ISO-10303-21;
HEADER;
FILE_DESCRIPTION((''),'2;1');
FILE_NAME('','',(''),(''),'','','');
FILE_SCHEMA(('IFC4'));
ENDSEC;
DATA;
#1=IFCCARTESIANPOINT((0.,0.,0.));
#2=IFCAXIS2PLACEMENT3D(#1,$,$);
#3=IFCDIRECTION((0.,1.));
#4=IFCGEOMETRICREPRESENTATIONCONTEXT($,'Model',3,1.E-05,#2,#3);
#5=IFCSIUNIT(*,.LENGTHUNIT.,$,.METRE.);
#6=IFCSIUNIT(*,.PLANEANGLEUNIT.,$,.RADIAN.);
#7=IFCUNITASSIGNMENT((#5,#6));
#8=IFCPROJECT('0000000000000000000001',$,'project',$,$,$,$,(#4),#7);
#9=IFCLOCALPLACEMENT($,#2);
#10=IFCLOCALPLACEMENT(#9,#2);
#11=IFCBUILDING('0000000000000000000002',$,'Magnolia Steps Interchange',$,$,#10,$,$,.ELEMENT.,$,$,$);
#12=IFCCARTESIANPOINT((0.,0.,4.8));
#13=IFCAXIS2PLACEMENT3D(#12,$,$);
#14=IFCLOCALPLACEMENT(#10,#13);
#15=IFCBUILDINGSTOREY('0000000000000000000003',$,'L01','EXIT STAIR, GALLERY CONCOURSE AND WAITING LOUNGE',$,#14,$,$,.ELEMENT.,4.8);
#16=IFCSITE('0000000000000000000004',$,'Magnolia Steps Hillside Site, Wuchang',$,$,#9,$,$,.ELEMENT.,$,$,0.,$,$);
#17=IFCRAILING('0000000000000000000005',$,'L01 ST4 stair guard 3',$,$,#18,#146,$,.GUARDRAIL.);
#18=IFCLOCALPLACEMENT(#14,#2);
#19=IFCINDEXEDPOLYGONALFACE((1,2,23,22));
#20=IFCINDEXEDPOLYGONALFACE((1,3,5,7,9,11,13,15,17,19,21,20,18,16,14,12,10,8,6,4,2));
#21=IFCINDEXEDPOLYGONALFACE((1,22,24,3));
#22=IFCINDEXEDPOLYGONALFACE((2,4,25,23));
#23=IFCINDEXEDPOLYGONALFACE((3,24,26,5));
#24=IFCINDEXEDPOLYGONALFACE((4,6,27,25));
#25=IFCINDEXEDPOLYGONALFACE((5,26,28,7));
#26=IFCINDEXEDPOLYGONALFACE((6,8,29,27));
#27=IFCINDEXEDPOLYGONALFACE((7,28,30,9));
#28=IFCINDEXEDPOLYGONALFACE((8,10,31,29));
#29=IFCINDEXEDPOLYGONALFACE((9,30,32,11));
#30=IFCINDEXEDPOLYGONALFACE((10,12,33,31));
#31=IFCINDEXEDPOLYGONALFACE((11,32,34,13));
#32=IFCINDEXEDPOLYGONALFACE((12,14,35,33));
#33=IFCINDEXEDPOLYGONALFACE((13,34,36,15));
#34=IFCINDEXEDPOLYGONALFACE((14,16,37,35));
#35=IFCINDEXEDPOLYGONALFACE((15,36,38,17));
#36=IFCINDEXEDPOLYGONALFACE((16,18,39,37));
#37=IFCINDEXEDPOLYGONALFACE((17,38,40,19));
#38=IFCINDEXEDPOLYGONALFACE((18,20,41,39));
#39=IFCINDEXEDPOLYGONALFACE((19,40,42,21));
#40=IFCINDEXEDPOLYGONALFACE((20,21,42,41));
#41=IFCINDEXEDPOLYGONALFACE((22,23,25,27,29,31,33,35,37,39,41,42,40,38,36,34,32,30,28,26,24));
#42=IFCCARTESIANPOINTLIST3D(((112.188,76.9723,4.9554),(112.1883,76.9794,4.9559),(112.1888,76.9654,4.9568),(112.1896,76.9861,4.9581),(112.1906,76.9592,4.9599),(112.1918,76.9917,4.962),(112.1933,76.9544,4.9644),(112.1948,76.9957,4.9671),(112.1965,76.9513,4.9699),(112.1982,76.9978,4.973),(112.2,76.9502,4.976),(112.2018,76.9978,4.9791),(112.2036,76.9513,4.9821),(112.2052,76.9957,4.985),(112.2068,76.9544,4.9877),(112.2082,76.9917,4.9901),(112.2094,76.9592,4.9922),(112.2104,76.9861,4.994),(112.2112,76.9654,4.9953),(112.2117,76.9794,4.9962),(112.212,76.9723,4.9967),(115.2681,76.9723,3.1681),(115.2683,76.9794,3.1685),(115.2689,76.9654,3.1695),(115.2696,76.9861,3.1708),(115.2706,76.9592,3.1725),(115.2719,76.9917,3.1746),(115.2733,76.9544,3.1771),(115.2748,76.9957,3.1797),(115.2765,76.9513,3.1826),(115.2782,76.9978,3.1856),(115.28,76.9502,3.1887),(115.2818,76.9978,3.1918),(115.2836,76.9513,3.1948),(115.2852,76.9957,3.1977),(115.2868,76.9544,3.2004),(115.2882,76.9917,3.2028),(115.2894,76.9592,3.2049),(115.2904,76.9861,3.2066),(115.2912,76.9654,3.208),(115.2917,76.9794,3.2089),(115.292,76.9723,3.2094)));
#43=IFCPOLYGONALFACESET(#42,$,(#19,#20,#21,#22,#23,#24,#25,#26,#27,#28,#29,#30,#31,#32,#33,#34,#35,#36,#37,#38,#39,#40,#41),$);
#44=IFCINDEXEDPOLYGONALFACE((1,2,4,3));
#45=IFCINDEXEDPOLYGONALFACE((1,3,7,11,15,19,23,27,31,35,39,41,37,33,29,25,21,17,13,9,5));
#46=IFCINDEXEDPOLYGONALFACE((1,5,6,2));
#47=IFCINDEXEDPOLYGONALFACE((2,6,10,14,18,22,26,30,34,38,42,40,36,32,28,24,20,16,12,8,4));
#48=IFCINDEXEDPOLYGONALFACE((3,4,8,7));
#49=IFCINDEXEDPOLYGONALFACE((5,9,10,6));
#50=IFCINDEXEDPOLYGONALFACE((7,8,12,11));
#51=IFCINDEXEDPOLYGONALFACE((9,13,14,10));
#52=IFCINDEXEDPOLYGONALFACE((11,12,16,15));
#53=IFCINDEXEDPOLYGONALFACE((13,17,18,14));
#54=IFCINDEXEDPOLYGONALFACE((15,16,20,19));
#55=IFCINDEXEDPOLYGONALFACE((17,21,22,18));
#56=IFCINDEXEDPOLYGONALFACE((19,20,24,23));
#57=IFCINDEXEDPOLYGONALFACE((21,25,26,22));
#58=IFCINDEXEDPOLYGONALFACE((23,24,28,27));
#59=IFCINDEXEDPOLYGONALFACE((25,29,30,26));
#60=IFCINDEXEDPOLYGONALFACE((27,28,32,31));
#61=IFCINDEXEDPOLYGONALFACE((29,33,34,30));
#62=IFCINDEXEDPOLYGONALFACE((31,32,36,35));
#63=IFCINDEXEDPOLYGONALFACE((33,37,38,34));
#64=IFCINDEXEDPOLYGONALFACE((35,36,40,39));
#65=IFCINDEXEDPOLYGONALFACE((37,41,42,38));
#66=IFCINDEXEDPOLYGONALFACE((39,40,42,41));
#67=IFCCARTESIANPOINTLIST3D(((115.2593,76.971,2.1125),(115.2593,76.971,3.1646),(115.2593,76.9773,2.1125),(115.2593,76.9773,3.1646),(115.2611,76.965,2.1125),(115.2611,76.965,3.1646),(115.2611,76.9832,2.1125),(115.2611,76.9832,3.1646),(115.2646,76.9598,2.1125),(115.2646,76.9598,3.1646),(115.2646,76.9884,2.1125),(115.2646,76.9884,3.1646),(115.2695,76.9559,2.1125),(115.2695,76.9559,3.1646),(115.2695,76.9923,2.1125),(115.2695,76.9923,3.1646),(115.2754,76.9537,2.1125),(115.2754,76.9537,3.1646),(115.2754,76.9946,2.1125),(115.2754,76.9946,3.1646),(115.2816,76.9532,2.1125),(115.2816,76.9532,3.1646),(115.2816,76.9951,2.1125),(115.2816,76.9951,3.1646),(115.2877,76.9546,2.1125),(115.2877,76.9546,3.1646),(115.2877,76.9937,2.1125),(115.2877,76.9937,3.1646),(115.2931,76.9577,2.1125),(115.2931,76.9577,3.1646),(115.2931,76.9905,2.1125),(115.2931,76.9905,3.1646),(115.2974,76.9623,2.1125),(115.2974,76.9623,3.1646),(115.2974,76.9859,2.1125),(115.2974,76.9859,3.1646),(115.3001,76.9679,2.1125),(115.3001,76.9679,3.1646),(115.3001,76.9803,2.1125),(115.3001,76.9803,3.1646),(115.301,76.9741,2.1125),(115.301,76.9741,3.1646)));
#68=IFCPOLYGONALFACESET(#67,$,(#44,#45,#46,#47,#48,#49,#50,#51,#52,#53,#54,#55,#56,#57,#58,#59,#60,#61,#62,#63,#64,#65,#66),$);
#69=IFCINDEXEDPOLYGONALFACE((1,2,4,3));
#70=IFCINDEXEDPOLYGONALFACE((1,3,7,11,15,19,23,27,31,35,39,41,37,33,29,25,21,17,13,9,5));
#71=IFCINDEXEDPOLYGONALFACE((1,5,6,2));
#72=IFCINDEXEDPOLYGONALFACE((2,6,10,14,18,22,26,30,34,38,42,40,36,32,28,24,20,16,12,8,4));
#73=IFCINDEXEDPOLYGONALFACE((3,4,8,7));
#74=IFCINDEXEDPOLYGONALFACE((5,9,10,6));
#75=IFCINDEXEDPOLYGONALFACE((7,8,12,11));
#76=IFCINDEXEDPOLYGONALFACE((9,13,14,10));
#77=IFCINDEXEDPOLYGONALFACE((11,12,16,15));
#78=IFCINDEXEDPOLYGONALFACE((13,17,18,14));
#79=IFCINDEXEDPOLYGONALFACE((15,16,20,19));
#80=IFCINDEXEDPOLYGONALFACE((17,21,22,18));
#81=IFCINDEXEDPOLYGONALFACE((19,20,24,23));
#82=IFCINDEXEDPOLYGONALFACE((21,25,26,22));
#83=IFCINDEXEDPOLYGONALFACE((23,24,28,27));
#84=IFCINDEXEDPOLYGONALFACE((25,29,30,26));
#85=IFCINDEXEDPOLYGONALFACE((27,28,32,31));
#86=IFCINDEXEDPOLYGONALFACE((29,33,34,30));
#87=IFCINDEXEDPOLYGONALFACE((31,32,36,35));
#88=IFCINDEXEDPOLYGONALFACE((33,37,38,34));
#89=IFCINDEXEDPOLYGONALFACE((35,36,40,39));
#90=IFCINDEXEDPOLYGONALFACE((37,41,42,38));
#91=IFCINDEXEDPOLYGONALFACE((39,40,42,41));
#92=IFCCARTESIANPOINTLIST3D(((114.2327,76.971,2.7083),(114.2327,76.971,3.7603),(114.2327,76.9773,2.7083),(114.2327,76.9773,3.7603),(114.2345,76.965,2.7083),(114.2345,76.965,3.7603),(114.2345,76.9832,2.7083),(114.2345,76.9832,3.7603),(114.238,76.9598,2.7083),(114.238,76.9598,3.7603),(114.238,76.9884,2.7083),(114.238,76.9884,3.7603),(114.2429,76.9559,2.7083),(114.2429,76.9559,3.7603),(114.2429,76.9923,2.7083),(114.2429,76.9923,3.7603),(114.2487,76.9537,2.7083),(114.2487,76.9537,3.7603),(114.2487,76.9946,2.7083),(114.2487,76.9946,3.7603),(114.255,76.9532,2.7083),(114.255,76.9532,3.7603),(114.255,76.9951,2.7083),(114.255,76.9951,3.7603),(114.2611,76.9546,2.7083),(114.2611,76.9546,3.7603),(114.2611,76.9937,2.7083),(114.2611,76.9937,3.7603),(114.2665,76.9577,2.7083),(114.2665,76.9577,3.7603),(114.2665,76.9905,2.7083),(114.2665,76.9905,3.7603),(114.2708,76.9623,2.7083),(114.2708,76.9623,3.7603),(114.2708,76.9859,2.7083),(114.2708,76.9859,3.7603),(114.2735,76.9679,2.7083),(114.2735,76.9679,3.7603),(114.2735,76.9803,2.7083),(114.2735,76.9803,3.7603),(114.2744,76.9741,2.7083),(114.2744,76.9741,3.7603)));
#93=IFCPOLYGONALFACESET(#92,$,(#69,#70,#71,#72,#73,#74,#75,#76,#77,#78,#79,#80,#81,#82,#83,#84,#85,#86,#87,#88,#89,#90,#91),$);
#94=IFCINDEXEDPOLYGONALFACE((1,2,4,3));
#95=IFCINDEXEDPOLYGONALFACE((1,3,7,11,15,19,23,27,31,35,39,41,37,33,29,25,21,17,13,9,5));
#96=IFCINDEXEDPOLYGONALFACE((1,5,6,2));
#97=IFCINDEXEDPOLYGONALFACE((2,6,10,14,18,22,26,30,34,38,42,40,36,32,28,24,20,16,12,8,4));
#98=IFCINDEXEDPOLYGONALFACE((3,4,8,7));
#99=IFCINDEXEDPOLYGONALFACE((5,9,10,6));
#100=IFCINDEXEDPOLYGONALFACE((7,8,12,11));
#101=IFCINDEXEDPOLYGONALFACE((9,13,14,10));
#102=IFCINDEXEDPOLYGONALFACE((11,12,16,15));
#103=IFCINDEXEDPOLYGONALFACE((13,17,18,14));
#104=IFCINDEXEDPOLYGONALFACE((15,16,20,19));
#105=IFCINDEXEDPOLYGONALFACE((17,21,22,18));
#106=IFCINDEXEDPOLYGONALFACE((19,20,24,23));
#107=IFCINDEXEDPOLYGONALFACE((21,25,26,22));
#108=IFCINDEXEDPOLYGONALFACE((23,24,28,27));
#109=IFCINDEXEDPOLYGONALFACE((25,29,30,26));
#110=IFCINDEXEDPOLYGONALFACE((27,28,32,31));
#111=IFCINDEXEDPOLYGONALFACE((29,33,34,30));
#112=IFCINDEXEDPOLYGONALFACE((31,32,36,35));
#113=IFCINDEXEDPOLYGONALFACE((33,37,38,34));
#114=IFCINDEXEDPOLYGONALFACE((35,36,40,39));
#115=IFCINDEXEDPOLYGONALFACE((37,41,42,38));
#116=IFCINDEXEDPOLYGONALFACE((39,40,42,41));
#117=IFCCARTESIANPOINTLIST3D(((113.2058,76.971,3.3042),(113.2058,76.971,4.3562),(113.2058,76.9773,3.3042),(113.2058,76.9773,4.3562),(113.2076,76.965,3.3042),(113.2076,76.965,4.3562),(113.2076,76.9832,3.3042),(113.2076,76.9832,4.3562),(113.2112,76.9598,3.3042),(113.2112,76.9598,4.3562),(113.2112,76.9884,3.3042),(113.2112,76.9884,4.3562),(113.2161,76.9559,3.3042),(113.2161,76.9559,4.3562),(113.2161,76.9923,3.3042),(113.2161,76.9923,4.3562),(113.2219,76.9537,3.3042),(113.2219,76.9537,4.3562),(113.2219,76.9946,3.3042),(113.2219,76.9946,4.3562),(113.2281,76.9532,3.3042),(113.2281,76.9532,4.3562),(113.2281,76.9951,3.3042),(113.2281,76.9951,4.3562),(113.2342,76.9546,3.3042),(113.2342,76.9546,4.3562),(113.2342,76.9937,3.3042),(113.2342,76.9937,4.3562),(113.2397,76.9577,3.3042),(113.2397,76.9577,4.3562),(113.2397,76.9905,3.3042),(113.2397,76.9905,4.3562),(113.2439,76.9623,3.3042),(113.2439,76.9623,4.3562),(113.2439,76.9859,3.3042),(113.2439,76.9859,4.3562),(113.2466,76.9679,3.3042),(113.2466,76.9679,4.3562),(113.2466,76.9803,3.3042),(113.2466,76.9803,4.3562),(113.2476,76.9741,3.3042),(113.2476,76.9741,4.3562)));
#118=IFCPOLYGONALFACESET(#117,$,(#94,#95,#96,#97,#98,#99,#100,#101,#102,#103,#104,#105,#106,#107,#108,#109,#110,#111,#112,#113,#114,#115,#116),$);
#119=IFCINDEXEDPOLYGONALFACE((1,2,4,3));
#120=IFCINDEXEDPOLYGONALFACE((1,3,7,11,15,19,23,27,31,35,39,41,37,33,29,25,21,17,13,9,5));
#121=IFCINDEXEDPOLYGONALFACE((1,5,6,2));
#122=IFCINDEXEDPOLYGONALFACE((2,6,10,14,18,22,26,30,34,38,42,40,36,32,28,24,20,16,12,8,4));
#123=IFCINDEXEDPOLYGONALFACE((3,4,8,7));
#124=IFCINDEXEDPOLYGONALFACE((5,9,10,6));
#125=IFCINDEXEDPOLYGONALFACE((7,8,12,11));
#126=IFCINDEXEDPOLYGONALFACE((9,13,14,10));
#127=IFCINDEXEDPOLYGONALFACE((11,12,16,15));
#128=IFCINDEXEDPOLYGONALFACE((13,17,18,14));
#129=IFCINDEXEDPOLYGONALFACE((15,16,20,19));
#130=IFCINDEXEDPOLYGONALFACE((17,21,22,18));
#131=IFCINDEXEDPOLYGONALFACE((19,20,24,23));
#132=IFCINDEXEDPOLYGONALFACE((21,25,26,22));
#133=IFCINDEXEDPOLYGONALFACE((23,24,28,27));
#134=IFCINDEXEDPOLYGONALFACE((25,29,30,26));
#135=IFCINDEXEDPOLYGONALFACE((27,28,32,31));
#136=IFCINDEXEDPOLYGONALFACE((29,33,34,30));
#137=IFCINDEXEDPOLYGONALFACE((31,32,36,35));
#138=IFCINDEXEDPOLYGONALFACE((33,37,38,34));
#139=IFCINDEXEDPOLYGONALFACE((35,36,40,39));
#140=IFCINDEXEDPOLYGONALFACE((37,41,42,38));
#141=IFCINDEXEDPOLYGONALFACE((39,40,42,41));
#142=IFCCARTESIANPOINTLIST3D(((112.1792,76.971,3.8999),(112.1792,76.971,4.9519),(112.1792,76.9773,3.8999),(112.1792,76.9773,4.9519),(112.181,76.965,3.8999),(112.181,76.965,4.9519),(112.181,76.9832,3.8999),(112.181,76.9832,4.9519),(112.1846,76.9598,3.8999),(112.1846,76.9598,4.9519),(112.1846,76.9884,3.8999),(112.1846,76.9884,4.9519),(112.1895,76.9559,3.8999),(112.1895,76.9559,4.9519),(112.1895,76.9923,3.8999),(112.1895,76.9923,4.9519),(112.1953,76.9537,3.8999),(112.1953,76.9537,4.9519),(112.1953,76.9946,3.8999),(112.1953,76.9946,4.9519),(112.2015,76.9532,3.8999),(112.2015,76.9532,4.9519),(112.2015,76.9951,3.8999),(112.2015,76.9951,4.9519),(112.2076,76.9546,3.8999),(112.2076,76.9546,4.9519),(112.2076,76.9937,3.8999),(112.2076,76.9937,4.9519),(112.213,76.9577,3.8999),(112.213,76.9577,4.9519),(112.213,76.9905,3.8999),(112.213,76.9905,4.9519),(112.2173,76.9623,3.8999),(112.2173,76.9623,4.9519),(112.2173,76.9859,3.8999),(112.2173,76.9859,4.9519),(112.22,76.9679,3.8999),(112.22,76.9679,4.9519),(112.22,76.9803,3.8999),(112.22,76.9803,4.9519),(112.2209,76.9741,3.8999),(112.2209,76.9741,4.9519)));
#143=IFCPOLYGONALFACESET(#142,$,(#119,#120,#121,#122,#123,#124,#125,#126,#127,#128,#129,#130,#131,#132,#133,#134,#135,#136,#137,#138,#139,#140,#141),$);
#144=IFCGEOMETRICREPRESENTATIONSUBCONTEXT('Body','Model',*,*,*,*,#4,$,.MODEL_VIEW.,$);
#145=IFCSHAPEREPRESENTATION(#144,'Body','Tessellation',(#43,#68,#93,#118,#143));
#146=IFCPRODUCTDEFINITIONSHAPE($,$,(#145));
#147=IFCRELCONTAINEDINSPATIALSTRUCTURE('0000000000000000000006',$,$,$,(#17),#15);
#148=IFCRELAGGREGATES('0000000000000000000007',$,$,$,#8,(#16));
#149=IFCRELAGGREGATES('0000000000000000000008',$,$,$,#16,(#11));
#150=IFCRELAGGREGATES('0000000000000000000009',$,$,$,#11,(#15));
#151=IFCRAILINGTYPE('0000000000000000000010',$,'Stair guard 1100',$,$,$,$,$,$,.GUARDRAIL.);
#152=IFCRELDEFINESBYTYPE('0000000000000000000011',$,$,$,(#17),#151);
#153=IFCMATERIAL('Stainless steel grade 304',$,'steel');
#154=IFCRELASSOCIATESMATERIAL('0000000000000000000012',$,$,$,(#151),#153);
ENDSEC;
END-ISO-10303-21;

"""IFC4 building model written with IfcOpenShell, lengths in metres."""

from ifc_helpers import new_model, si_unit, direction, frame, origin, origin_2d, place, context, subcontext, project, spatial, circle, extrude, material, type_object, element, save


model = new_model("IFC4")

# Units and contexts
model_context = context("Model", 3, precision=1e-05, world=origin(), true_north=direction((0.0, 1.0)))
body_context = subcontext(model_context, "Body", "Model", "MODEL_VIEW")
ifc_project = project(units=[si_unit("LENGTHUNIT", "METRE"), si_unit("PLANEANGLEUNIT", "RADIAN")], contexts=[model_context])

# Site, building, storey
site_placement = place(None, origin())
site = spatial("IfcSite", under=ifc_project, at=site_placement, Name="Magnolia Steps Hillside Site, Wuchang", CompositionType="ELEMENT", RefElevation=0.0)
building_placement = place(site_placement, origin())
building = spatial("IfcBuilding", under=site, at=building_placement, Name="Magnolia Steps Interchange", CompositionType="ELEMENT")
storey_placement = place(building_placement, frame((0.0, 0.0, 4.8)))
storey = spatial("IfcBuildingStorey", under=building, at=storey_placement, Name="L01", Description="EXIT STAIR, GALLERY CONCOURSE AND WAITING LOUNGE", CompositionType="ELEMENT", Elevation=4.8)

# Railing
ifc_material_1 = material(Name="Stainless steel grade 304", Category="steel")
railing_type_1 = type_object("IfcRailingType", Name="Stair guard 1100", PredefinedType="GUARDRAIL", material=ifc_material_1)
railing_1_placement = place(storey_placement, frame((115.28, 76.9741, 2.1125)))
element("IfcRailing", 1, at=railing_1_placement, inside=storey, type_object=railing_type_1, Name="L01 ST4 stair guard 3", PredefinedType="GUARDRAIL", context=body_context, shape_type="SweptSolid", body=[
    extrude(circle(Radius=0.0239, at=origin_2d()), frame((0.0, 0.0, 1.0762), z_axis=(-0.86492, 0.0, 0.501909), x_axis=(0.0, -1.0, 0.0)), (0.0, 0.0, 1.0), 3.561),
    extrude(circle(Radius=0.021, at=origin_2d()), origin(), (0.0, 0.0, 1.0), 1.052),
    extrude(circle(Radius=0.021, at=origin_2d()), frame((-1.0266, 0.0, 0.5957)), (0.0, 0.0, 1.0), 1.052),
    extrude(circle(Radius=0.021, at=origin_2d()), frame((-2.0535, 0.0, 1.1917)), (0.0, 0.0, 1.0), 1.052),
    extrude(circle(Radius=0.021, at=origin_2d()), frame((-3.0801, 0.0, 1.7874)), (0.0, 0.0, 1.0), 1.052),
])

save(model, "model.ifc")
